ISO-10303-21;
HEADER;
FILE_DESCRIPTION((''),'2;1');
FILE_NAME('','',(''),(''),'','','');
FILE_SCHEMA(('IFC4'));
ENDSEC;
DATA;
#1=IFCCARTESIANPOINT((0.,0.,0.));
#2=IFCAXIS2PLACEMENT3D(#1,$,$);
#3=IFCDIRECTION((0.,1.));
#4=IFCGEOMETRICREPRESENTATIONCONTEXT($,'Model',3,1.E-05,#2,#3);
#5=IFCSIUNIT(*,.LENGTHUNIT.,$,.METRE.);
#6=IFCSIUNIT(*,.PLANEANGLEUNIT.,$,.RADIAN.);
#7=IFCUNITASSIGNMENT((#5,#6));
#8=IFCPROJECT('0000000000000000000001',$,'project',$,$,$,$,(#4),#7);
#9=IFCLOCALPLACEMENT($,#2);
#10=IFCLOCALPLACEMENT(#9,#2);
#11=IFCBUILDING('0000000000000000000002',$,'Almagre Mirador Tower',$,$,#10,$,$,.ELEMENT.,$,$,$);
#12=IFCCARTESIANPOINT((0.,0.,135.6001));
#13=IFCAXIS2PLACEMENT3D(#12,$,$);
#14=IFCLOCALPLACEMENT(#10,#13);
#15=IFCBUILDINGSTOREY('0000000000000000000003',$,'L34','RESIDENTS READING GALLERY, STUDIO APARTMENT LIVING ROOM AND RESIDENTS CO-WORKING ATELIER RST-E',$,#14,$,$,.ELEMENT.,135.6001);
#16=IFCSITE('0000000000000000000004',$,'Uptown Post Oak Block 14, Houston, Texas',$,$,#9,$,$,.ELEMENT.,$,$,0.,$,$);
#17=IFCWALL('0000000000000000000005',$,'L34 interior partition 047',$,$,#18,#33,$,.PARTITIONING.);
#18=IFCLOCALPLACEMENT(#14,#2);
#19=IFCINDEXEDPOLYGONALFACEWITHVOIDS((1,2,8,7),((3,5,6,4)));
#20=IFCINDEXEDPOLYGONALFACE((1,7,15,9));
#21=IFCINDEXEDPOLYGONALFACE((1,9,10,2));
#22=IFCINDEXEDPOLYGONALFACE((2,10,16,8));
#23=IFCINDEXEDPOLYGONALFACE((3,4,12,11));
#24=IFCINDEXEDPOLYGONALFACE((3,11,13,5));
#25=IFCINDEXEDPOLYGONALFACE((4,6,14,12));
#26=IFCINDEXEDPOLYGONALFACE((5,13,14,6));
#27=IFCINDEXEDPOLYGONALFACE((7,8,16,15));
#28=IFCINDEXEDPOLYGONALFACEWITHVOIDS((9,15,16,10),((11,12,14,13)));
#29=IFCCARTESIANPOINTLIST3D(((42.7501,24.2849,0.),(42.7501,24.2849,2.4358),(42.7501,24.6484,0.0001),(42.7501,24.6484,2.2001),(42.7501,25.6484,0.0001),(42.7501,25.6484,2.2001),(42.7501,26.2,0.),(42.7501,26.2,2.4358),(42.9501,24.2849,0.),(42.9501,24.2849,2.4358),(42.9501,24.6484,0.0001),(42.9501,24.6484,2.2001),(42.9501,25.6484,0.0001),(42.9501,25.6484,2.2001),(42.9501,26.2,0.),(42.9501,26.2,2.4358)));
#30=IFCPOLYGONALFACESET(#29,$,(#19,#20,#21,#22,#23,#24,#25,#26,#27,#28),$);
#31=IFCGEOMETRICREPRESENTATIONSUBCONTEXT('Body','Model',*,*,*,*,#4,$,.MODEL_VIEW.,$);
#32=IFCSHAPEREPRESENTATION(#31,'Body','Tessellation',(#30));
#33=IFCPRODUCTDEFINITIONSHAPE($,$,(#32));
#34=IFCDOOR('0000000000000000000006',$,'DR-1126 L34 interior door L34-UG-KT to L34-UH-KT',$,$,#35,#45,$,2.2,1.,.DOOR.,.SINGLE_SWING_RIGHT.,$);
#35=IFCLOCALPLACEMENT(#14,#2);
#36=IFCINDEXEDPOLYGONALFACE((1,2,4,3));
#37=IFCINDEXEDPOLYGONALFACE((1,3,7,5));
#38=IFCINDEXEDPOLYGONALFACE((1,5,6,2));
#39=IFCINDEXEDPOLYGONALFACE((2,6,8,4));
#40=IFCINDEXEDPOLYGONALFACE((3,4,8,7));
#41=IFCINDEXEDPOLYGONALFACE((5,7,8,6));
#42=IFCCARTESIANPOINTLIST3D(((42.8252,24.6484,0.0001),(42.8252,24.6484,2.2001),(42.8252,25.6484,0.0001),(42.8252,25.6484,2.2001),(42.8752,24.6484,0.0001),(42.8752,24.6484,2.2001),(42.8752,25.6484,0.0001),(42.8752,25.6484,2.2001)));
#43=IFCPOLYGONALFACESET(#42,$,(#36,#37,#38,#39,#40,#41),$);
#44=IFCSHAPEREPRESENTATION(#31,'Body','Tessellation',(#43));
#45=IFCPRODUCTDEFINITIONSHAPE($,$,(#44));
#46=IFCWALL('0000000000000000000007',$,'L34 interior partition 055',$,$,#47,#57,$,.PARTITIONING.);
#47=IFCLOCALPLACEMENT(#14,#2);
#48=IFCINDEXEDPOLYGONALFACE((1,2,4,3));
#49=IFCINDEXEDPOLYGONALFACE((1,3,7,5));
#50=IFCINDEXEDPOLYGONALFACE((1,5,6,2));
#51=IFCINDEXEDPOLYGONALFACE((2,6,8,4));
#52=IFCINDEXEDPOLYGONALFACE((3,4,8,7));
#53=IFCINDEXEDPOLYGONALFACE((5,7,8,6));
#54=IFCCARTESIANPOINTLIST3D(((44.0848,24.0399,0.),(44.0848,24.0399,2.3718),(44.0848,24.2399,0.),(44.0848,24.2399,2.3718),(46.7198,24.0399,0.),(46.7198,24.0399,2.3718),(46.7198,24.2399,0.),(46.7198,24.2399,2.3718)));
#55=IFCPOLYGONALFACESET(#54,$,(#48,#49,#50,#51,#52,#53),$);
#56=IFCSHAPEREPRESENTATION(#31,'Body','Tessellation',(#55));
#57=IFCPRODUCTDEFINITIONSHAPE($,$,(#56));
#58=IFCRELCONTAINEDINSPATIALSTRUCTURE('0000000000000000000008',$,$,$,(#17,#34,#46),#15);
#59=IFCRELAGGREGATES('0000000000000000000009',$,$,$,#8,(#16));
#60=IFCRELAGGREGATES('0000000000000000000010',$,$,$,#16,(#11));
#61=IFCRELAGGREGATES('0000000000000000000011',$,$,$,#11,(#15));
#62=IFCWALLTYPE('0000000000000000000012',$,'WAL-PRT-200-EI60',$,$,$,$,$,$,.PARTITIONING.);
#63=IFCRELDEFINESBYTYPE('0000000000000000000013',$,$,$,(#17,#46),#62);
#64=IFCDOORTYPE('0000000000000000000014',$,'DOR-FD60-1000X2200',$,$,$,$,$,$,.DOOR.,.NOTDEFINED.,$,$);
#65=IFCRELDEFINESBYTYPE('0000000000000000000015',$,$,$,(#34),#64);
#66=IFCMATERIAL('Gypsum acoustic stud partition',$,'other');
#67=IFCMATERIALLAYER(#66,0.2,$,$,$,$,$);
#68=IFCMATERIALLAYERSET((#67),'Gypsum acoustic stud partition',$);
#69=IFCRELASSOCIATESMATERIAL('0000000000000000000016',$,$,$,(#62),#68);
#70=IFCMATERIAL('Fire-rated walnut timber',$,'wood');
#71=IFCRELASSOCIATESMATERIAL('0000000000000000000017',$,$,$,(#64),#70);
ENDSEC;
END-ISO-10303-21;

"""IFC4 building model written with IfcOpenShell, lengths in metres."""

from ifc_helpers import new_model, si_unit, direction, frame, frame_2d, origin, place, context, subcontext, project, spatial, rectangle, extrude, material, layer, layer_set, type_object, element, fill, save


model = new_model("IFC4")

# Units and contexts
model_context = context("Model", 3, precision=1e-05, world=origin(), true_north=direction((0.0, 1.0)))
body_context = subcontext(model_context, "Body", "Model", "MODEL_VIEW")
ifc_project = project(units=[si_unit("LENGTHUNIT", "METRE"), si_unit("PLANEANGLEUNIT", "RADIAN")], contexts=[model_context])

# Site, building, storey
site_placement = place(None, origin())
site = spatial("IfcSite", under=ifc_project, at=site_placement, Name="Uptown Post Oak Block 14, Houston, Texas", CompositionType="ELEMENT", RefElevation=0.0)
building_placement = place(site_placement, origin())
building = spatial("IfcBuilding", under=site, at=building_placement, Name="Almagre Mirador Tower", CompositionType="ELEMENT")
storey_placement = place(building_placement, frame((0.0, 0.0, 135.6001)))
storey = spatial("IfcBuildingStorey", under=building, at=storey_placement, Name="L34", Description="RESIDENTS READING GALLERY, STUDIO APARTMENT LIVING ROOM AND RESIDENTS CO-WORKING ATELIER RST-E", CompositionType="ELEMENT", Elevation=135.6001)

# Shared definitions
ifc_material_1 = material(Name="Gypsum acoustic stud partition", Category="other")
ifc_layer_1 = layer(ifc_material_1, 0.2)
ifc_layer_set_1 = layer_set([ifc_layer_1], Name="Gypsum acoustic stud partition")
wall_type_1 = type_object("IfcWallType", Name="WAL-PRT-200-EI60", PredefinedType="PARTITIONING", material=ifc_layer_set_1)

# Shared definitions
ifc_material_2 = material(Name="Fire-rated walnut timber", Category="wood")
door_type_1 = type_object("IfcDoorType", Name="DOR-FD60-1000X2200", OperationType="NOTDEFINED", PredefinedType="DOOR", material=ifc_material_2)

# Wall, opening, door
wall_1_placement = place(storey_placement, frame((42.8501, 24.2849, 0.0), z_axis=(0.0, 0.0, 1.0), x_axis=(0.0, 1.0, 0.0)))
wall_1 = element("IfcWall", 1, at=wall_1_placement, inside=storey, type_object=wall_type_1, Name="L34 interior partition 047", PredefinedType="PARTITIONING", context=body_context, shape_type="SweptSolid", body=[
    extrude(rectangle(XDim=1.915, YDim=0.2, at=frame_2d((0.9575, 0.0))), origin(), (0.0, 0.0, 1.0), 2.4358),
])
opening_1_placement = place(wall_1_placement, frame((0.3635, 0.0, 0.0)))
opening_1 = element("IfcOpeningElement", 2, at=opening_1_placement, cuts=wall_1, PredefinedType="OPENING", context=body_context, shape_type="SweptSolid", body=[
    extrude(rectangle(XDim=1.0, YDim=2.2, at=frame_2d((0.5, 1.1001))), frame((0.0, 0.1101, 0.0), z_axis=(0.0, -1.0, 0.0), x_axis=(1.0, 0.0, 0.0)), (0.0, 0.0, 1.0), 0.22),
])
door_1_placement = place(opening_1_placement, origin())
door_1 = element("IfcDoor", 3, at=door_1_placement, inside=storey, type_object=door_type_1, Name="DR-1126 L34 interior door L34-UG-KT to L34-UH-KT", OperationType="SINGLE_SWING_RIGHT", OverallHeight=2.2, OverallWidth=1.0, PredefinedType="DOOR", context=body_context, shape_type="SweptSolid", body=[
    extrude(rectangle(XDim=1.0, YDim=2.2, at=frame_2d((0.5, 1.1001))), frame((0.0, 0.0249, 0.0), z_axis=(0.0, -1.0, 0.0), x_axis=(1.0, 0.0, 0.0)), (0.0, 0.0, 1.0), 0.05),
])
fill(opening_1, door_1)

# Wall
wall_2_placement = place(storey_placement, frame((44.085, 24.1399, 0.0), z_axis=(0.0, 0.0, 1.0), x_axis=(1.0, 0.0, 0.0)))
element("IfcWall", 4, at=wall_2_placement, inside=storey, type_object=wall_type_1, Name="L34 interior partition 055", PredefinedType="PARTITIONING", context=body_context, shape_type="SweptSolid", body=[
    extrude(rectangle(XDim=2.635, YDim=0.2, at=frame_2d((1.3174, 0.0))), origin(), (0.0, 0.0, 1.0), 2.3718),
])

save(model, "model.ifc")
